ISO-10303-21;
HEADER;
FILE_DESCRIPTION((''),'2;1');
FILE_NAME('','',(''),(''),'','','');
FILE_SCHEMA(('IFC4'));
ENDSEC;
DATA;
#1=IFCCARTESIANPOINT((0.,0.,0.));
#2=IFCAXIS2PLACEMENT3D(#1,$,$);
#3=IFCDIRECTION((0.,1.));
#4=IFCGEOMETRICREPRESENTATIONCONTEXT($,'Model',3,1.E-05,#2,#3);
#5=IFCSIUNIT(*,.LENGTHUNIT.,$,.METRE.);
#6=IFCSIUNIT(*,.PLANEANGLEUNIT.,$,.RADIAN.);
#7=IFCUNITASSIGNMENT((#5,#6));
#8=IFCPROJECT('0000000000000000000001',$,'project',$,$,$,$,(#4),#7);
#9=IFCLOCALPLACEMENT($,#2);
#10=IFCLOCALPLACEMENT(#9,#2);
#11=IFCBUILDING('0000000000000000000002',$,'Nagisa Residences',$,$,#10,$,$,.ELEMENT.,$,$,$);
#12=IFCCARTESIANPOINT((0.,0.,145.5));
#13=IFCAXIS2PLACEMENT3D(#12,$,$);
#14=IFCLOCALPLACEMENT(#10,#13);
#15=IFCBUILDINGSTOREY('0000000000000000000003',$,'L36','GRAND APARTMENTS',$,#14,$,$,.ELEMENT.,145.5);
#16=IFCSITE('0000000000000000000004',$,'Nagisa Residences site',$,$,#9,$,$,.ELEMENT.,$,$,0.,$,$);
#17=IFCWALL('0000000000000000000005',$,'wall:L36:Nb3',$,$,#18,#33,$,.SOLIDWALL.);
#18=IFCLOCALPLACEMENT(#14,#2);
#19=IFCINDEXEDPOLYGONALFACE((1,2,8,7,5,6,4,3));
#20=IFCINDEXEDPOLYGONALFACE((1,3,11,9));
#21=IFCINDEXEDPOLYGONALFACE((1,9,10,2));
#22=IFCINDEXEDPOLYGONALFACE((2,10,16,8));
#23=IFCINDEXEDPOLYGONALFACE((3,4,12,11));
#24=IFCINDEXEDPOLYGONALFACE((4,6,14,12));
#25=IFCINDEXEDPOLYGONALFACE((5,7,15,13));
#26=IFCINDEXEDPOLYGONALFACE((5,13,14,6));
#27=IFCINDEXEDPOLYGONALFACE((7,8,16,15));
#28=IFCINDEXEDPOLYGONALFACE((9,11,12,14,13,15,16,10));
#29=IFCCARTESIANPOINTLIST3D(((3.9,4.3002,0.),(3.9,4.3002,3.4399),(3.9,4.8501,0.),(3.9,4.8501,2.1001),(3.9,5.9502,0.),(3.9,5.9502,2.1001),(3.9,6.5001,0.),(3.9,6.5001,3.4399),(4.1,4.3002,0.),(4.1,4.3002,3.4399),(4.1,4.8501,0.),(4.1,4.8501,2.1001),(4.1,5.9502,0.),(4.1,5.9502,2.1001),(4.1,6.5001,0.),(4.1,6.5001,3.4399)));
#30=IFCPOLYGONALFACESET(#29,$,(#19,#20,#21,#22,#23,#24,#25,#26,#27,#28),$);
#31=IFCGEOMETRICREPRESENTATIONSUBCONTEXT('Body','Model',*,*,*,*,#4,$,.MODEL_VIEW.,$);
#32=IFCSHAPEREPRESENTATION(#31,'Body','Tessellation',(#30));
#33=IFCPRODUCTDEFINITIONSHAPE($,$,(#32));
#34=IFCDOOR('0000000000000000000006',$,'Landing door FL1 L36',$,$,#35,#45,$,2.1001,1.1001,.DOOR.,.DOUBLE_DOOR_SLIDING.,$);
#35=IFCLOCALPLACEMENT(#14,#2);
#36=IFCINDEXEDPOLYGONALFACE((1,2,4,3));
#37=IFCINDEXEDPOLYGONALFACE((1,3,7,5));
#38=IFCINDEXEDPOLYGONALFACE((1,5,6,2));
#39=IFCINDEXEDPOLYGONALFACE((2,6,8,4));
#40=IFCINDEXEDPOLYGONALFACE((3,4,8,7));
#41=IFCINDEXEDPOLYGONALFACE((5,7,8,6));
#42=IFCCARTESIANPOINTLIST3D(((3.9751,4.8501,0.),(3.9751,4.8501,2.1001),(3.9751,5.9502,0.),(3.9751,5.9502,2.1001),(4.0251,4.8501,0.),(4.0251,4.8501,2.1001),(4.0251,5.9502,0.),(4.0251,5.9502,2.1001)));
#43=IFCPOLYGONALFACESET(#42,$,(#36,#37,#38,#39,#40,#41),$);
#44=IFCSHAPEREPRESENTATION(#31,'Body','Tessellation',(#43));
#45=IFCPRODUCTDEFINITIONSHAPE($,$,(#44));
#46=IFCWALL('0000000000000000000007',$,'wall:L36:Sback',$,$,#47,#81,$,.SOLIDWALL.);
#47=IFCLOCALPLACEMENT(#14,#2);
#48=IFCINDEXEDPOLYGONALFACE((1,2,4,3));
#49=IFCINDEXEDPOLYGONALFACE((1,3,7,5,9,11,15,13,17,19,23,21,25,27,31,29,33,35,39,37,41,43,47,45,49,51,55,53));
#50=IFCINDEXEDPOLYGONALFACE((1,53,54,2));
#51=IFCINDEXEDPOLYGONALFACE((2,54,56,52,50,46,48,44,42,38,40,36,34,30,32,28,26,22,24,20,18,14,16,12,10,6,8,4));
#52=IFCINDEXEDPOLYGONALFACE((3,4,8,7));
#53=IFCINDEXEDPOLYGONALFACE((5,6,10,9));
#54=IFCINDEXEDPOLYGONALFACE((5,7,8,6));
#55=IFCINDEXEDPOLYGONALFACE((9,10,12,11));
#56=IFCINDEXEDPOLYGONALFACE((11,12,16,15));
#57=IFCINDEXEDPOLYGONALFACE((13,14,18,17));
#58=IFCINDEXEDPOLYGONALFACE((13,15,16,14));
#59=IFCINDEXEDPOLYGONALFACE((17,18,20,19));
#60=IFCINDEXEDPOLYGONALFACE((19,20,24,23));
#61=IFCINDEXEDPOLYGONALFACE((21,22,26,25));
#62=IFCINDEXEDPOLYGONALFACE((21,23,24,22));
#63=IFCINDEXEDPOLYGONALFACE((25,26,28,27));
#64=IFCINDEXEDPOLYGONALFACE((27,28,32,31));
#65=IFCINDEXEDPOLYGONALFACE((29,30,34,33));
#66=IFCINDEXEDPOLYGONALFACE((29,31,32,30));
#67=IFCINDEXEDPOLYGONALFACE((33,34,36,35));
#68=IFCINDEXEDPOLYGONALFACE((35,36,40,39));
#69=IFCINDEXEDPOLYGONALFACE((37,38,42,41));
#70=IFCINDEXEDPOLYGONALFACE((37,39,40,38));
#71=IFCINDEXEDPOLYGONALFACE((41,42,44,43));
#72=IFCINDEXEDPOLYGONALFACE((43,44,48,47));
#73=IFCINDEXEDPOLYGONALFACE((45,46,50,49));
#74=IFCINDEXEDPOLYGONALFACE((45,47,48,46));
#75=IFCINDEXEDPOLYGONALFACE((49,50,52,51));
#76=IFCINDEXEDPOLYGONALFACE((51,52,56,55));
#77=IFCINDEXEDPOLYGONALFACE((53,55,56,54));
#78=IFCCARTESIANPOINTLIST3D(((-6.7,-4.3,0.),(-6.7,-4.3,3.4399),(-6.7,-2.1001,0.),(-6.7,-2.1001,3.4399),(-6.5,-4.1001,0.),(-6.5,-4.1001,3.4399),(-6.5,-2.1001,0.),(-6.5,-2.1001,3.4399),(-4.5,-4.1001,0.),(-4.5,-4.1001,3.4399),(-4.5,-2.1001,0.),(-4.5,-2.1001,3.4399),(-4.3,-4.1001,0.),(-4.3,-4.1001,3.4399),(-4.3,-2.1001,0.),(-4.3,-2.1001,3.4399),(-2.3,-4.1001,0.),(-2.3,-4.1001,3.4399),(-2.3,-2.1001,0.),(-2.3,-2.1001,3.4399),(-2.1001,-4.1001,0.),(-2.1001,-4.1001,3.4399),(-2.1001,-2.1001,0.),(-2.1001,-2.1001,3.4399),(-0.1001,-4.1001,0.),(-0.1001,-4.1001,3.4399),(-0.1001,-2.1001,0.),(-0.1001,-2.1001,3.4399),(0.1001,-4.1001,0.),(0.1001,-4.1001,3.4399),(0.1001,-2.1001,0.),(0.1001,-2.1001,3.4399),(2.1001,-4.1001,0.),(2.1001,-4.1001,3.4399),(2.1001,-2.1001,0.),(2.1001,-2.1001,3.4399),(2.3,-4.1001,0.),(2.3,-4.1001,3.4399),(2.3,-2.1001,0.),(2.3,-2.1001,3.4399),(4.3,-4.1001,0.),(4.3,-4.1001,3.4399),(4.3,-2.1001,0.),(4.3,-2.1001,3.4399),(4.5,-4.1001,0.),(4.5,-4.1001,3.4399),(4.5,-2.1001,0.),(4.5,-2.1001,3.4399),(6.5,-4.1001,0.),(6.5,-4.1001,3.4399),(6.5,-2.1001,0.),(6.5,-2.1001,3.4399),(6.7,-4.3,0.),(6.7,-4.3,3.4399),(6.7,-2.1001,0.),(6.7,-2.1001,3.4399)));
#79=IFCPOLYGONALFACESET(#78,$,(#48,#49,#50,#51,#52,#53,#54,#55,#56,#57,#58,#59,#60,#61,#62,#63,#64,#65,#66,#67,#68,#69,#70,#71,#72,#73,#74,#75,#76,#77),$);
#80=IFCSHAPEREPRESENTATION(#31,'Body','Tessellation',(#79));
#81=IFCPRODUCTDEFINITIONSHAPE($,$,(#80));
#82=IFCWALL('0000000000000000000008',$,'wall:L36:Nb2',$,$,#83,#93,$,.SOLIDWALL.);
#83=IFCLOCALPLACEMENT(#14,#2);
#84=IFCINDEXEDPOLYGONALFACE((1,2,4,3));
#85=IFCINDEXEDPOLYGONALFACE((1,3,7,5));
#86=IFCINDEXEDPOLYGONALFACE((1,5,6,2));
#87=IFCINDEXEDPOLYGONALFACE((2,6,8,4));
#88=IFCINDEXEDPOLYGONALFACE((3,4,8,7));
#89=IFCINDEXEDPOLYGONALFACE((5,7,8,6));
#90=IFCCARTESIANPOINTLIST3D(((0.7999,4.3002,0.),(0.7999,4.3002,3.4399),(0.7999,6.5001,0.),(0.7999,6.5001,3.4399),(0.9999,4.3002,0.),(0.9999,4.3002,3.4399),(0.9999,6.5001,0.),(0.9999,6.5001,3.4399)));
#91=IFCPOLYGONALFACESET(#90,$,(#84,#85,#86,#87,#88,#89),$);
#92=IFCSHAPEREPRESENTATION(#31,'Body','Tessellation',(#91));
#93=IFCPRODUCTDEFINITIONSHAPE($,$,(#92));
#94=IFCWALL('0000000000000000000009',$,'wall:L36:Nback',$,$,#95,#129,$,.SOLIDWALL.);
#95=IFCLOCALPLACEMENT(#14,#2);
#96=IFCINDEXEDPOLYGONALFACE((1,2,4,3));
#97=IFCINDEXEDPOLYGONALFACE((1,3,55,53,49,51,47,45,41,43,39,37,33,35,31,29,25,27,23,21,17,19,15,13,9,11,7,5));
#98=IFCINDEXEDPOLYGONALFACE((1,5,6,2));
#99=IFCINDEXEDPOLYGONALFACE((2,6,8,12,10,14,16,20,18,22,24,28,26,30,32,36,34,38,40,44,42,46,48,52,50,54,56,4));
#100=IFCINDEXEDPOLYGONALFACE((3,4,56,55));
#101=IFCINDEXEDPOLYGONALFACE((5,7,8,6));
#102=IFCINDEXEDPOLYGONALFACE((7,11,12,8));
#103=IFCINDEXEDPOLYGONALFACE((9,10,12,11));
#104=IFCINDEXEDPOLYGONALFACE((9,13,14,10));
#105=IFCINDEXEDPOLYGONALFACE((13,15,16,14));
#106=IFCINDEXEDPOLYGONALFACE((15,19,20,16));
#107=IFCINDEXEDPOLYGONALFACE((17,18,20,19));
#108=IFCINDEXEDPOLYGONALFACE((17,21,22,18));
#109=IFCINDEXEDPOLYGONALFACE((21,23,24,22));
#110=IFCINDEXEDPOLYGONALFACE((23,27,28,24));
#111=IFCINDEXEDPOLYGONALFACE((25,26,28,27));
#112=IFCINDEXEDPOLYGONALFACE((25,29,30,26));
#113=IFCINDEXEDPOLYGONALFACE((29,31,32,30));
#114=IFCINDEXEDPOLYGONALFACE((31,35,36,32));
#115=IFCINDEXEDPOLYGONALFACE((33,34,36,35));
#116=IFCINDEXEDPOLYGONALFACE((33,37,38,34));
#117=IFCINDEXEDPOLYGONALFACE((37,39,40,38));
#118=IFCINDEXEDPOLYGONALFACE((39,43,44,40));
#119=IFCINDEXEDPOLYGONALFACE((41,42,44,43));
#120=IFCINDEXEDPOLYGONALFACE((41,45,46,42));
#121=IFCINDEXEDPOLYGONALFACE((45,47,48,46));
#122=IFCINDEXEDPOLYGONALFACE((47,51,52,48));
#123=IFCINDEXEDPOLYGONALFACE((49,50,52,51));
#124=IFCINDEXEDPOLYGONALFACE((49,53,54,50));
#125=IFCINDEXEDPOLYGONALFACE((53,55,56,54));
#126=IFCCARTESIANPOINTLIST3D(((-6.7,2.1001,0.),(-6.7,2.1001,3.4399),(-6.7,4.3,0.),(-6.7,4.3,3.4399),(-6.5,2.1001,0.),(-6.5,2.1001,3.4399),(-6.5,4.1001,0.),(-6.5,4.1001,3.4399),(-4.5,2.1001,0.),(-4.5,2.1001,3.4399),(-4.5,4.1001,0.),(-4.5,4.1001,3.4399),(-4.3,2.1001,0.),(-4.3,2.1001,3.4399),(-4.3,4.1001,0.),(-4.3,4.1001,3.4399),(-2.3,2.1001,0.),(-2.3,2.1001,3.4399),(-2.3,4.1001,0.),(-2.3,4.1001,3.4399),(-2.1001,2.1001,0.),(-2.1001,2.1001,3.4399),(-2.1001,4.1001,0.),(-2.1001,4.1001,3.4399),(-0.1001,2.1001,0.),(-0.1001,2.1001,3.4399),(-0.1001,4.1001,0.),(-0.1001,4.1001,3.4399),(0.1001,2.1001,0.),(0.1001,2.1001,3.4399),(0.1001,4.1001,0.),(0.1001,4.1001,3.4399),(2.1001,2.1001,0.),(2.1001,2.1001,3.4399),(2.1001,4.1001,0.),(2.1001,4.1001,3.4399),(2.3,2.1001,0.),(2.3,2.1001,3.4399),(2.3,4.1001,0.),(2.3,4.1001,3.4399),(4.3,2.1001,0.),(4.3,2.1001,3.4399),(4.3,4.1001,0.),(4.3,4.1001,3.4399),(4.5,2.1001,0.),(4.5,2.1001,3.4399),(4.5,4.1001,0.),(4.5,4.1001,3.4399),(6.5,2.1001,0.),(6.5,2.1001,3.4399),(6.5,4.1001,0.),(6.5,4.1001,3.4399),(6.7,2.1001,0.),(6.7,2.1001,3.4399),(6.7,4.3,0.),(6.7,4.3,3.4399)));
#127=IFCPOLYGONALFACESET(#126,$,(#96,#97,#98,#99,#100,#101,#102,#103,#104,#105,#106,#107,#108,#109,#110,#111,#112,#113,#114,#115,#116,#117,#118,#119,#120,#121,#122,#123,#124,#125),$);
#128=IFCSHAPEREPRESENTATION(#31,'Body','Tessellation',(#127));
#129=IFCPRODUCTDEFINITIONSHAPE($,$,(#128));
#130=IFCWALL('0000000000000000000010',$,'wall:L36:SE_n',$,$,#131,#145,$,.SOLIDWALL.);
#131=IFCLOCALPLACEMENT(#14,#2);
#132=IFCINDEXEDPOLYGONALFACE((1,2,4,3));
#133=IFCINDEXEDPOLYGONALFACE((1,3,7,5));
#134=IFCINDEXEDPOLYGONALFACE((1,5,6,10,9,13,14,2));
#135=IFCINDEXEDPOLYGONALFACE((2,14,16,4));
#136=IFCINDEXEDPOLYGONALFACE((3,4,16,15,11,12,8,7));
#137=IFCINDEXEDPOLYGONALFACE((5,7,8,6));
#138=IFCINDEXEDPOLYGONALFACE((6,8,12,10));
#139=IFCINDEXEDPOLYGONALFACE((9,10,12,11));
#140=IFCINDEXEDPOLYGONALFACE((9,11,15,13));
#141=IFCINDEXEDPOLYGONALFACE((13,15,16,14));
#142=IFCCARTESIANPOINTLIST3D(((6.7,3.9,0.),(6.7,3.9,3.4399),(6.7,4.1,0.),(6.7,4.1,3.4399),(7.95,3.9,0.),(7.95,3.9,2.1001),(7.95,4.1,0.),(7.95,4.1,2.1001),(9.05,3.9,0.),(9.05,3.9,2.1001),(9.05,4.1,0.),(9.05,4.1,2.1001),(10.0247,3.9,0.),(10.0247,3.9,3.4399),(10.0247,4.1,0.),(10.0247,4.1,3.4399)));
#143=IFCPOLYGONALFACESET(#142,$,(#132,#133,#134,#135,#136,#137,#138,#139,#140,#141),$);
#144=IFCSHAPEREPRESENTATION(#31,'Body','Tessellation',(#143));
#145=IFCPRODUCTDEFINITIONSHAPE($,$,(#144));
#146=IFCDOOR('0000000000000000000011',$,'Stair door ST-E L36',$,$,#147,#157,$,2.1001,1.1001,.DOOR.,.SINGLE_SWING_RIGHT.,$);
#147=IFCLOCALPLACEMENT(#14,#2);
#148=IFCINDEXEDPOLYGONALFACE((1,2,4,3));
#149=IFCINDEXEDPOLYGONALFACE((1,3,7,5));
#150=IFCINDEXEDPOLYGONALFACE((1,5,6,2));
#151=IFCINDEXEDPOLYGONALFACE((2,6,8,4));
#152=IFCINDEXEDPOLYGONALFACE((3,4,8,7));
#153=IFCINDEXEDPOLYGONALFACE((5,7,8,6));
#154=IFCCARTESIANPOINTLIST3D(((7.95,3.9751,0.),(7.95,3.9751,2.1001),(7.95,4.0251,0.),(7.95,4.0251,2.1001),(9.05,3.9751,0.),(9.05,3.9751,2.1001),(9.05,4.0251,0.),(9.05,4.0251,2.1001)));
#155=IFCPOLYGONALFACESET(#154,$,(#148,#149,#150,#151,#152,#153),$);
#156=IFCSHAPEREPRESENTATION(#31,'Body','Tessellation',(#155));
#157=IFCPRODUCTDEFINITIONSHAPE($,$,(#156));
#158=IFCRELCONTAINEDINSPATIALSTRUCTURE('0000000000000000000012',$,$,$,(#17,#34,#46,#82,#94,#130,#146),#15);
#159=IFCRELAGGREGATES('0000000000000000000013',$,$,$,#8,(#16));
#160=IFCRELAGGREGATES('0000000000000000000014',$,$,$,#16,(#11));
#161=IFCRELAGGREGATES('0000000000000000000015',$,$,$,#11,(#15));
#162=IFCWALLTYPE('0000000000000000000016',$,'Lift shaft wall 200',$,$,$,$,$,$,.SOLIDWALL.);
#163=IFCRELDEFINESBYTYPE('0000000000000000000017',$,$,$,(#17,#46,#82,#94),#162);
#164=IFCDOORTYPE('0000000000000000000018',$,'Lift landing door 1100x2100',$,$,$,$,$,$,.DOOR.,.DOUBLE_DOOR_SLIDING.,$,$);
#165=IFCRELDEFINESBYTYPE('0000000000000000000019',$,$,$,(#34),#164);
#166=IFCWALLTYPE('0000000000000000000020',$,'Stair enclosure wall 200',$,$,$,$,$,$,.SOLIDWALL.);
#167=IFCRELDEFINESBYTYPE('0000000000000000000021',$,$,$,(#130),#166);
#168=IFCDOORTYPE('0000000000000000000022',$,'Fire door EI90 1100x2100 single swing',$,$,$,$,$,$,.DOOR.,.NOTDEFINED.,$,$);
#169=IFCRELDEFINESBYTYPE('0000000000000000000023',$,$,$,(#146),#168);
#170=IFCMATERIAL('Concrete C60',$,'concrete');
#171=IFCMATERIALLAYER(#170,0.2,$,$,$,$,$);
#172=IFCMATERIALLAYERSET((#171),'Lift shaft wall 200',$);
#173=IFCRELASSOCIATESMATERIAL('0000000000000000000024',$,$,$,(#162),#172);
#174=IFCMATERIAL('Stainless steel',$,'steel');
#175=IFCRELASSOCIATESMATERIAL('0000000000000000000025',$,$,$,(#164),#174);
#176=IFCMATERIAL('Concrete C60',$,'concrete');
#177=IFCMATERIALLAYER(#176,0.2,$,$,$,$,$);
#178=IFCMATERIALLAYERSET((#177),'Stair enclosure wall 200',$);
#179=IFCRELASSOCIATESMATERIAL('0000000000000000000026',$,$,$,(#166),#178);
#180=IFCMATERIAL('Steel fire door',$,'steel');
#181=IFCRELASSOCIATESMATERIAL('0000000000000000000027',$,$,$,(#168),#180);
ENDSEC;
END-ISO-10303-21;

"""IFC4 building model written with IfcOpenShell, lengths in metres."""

from ifc_helpers import new_model, si_unit, direction, frame, frame_2d, origin, place, context, subcontext, project, spatial, polyline, rectangle, outline, extrude, material, layer, layer_set, type_object, element, fill, save


model = new_model("IFC4")

# Units and contexts
model_context = context("Model", 3, precision=1e-05, world=origin(), true_north=direction((0.0, 1.0)))
body_context = subcontext(model_context, "Body", "Model", "MODEL_VIEW")
ifc_project = project(units=[si_unit("LENGTHUNIT", "METRE"), si_unit("PLANEANGLEUNIT", "RADIAN")], contexts=[model_context])

# Site, building, storey
site_placement = place(None, origin())
site = spatial("IfcSite", under=ifc_project, at=site_placement, Name="Nagisa Residences site", CompositionType="ELEMENT", RefElevation=0.0)
building_placement = place(site_placement, origin())
building = spatial("IfcBuilding", under=site, at=building_placement, Name="Nagisa Residences", CompositionType="ELEMENT")
storey_placement = place(building_placement, frame((0.0, 0.0, 145.5)))
storey = spatial("IfcBuildingStorey", under=building, at=storey_placement, Name="L36", Description="GRAND APARTMENTS", CompositionType="ELEMENT", Elevation=145.5)

# Wall, opening, door
ifc_material_1 = material(Name="Concrete C60", Category="concrete")
ifc_layer_1 = layer(ifc_material_1, 0.2)
ifc_layer_set_1 = layer_set([ifc_layer_1], Name="Lift shaft wall 200")
wall_type_1 = type_object("IfcWallType", Name="Lift shaft wall 200", PredefinedType="SOLIDWALL", material=ifc_layer_set_1)
wall_1_placement = place(storey_placement, frame((4.0, 4.3, 0.0), z_axis=(0.0, 0.0, 1.0), x_axis=(0.0, 1.0, 0.0)))
wall_1 = element("IfcWall", 1, at=wall_1_placement, inside=storey, type_object=wall_type_1, Name="wall:L36:Nb3", PredefinedType="SOLIDWALL", context=body_context, shape_type="SweptSolid", body=[
    extrude(rectangle(XDim=2.2, YDim=0.2, at=frame_2d((1.1001, 0.0))), origin(), (0.0, 0.0, 1.0), 3.4399),
])
opening_1_placement = place(wall_1_placement, frame((0.55, 0.0, 0.0)))
opening_1 = element("IfcOpeningElement", 2, at=opening_1_placement, cuts=wall_1, PredefinedType="OPENING", context=body_context, shape_type="SweptSolid", body=[
    extrude(rectangle(XDim=1.1001, YDim=2.1001, at=frame_2d((0.55, 1.05))), frame((0.0, 0.1099, 0.0), z_axis=(0.0, -1.0, 0.0), x_axis=(1.0, 0.0, 0.0)), (0.0, 0.0, 1.0), 0.22),
])
ifc_material_2 = material(Name="Stainless steel", Category="steel")
door_type_1 = type_object("IfcDoorType", Name="Lift landing door 1100x2100", OperationType="DOUBLE_DOOR_SLIDING", PredefinedType="DOOR", material=ifc_material_2)
door_1_placement = place(opening_1_placement, origin())
door_1 = element("IfcDoor", 3, at=door_1_placement, inside=storey, type_object=door_type_1, Name="Landing door FL1 L36", OperationType="DOUBLE_DOOR_SLIDING", OverallHeight=2.1001, OverallWidth=1.1001, PredefinedType="DOOR", context=body_context, shape_type="SweptSolid", body=[
    extrude(rectangle(XDim=1.1001, YDim=2.1001, at=frame_2d((0.55, 1.05))), frame((0.0, 0.0249, 0.0), z_axis=(0.0, -1.0, 0.0), x_axis=(1.0, 0.0, 0.0)), (0.0, 0.0, 1.0), 0.05),
])
fill(opening_1, door_1)

# Walls
wall_2_placement = place(storey_placement, origin())
element("IfcWall", 4, at=wall_2_placement, inside=storey, type_object=wall_type_1, Name="wall:L36:Sback", PredefinedType="SOLIDWALL", context=body_context, shape_type="SweptSolid", body=[
    extrude(outline(polyline([(-6.7, -2.1001), (-6.5, -2.1001), (-6.5, -4.1001), (-4.5, -4.1001), (-4.5, -2.1001), (-4.3, -2.1001), (-4.3, -4.1001), (-2.3, -4.1001), (-2.3, -2.1001), (-2.1001, -2.1001), (-2.1001, -4.1001), (-0.1001, -4.1001), (-0.1001, -2.1001), (0.1001, -2.1001), (0.1001, -4.1001), (2.1001, -4.1001), (2.1001, -2.1001), (2.3, -2.1001), (2.3, -4.1001), (4.3, -4.1001), (4.3, -2.1001), (4.5, -2.1001), (4.5, -4.1001), (6.5, -4.1001), (6.5, -2.1001), (6.7, -2.1001), (6.7, -4.3), (-6.7, -4.3), (-6.7, -2.1001)])), origin(), (0.0, 0.0, 1.0), 3.4399),
])
wall_3_placement = place(storey_placement, frame((0.8999, 4.3, 0.0), z_axis=(0.0, 0.0, 1.0), x_axis=(0.0, 1.0, 0.0)))
element("IfcWall", 5, at=wall_3_placement, inside=storey, type_object=wall_type_1, Name="wall:L36:Nb2", PredefinedType="SOLIDWALL", context=body_context, shape_type="SweptSolid", body=[
    extrude(rectangle(XDim=2.2, YDim=0.2, at=frame_2d((1.1001, 0.0))), origin(), (0.0, 0.0, 1.0), 3.4399),
])
wall_4_placement = place(storey_placement, origin())
element("IfcWall", 6, at=wall_4_placement, inside=storey, type_object=wall_type_1, Name="wall:L36:Nback", PredefinedType="SOLIDWALL", context=body_context, shape_type="SweptSolid", body=[
    extrude(outline(polyline([(-6.5, 2.1001), (-6.7, 2.1001), (-6.7, 4.3), (6.7, 4.3), (6.7, 2.1001), (6.5, 2.1001), (6.5, 4.1001), (4.5, 4.1001), (4.5, 2.1001), (4.3, 2.1001), (4.3, 4.1001), (2.3, 4.1001), (2.3, 2.1001), (2.1001, 2.1001), (2.1001, 4.1001), (0.1001, 4.1001), (0.1001, 2.1001), (-0.1001, 2.1001), (-0.1001, 4.1001), (-2.1001, 4.1001), (-2.1001, 2.1001), (-2.3, 2.1001), (-2.3, 4.1001), (-4.3, 4.1001), (-4.3, 2.1001), (-4.5, 2.1001), (-4.5, 4.1001), (-6.5, 4.1001), (-6.5, 2.1001)])), origin(), (0.0, 0.0, 1.0), 3.4399),
])

# Wall, opening, door
ifc_material_3 = material(Name="Concrete C60", Category="concrete")
ifc_layer_2 = layer(ifc_material_3, 0.2)
ifc_layer_set_2 = layer_set([ifc_layer_2], Name="Stair enclosure wall 200")
wall_type_2 = type_object("IfcWallType", Name="Stair enclosure wall 200", PredefinedType="SOLIDWALL", material=ifc_layer_set_2)
wall_5_placement = place(storey_placement, frame((6.7, 4.0, 0.0), z_axis=(0.0, 0.0, 1.0), x_axis=(1.0, 0.0, 0.0)))
wall_5 = element("IfcWall", 7, at=wall_5_placement, inside=storey, type_object=wall_type_2, Name="wall:L36:SE_n", PredefinedType="SOLIDWALL", context=body_context, shape_type="SweptSolid", body=[
    extrude(rectangle(XDim=3.3247, YDim=0.2, at=frame_2d((1.6624, 0.0))), origin(), (0.0, 0.0, 1.0), 3.4399),
])
opening_2_placement = place(wall_5_placement, frame((1.25, 0.0, 0.0)))
opening_2 = element("IfcOpeningElement", 8, at=opening_2_placement, cuts=wall_5, PredefinedType="OPENING", context=body_context, shape_type="SweptSolid", body=[
    extrude(rectangle(XDim=1.1001, YDim=2.1001, at=frame_2d((0.55, 1.05))), frame((0.0, 0.1099, 0.0), z_axis=(0.0, -1.0, 0.0), x_axis=(1.0, 0.0, 0.0)), (0.0, 0.0, 1.0), 0.22),
])
ifc_material_4 = material(Name="Steel fire door", Category="steel")
door_type_2 = type_object("IfcDoorType", Name="Fire door EI90 1100x2100 single swing", OperationType="NOTDEFINED", PredefinedType="DOOR", material=ifc_material_4)
door_2_placement = place(opening_2_placement, frame((1.1001, 0.0, 0.0), x_axis=(-1.0, 0.0, 0.0)))
door_2 = element("IfcDoor", 9, at=door_2_placement, inside=storey, type_object=door_type_2, Name="Stair door ST-E L36", OperationType="SINGLE_SWING_RIGHT", OverallHeight=2.1001, OverallWidth=1.1001, PredefinedType="DOOR", context=body_context, shape_type="SweptSolid", body=[
    extrude(rectangle(XDim=1.1001, YDim=2.1001, at=frame_2d((0.55, 1.05))), frame((0.0, 0.0249, 0.0), z_axis=(0.0, -1.0, 0.0), x_axis=(1.0, 0.0, 0.0)), (0.0, 0.0, 1.0), 0.05),
])
fill(opening_2, door_2)

save(model, "model.ifc")
